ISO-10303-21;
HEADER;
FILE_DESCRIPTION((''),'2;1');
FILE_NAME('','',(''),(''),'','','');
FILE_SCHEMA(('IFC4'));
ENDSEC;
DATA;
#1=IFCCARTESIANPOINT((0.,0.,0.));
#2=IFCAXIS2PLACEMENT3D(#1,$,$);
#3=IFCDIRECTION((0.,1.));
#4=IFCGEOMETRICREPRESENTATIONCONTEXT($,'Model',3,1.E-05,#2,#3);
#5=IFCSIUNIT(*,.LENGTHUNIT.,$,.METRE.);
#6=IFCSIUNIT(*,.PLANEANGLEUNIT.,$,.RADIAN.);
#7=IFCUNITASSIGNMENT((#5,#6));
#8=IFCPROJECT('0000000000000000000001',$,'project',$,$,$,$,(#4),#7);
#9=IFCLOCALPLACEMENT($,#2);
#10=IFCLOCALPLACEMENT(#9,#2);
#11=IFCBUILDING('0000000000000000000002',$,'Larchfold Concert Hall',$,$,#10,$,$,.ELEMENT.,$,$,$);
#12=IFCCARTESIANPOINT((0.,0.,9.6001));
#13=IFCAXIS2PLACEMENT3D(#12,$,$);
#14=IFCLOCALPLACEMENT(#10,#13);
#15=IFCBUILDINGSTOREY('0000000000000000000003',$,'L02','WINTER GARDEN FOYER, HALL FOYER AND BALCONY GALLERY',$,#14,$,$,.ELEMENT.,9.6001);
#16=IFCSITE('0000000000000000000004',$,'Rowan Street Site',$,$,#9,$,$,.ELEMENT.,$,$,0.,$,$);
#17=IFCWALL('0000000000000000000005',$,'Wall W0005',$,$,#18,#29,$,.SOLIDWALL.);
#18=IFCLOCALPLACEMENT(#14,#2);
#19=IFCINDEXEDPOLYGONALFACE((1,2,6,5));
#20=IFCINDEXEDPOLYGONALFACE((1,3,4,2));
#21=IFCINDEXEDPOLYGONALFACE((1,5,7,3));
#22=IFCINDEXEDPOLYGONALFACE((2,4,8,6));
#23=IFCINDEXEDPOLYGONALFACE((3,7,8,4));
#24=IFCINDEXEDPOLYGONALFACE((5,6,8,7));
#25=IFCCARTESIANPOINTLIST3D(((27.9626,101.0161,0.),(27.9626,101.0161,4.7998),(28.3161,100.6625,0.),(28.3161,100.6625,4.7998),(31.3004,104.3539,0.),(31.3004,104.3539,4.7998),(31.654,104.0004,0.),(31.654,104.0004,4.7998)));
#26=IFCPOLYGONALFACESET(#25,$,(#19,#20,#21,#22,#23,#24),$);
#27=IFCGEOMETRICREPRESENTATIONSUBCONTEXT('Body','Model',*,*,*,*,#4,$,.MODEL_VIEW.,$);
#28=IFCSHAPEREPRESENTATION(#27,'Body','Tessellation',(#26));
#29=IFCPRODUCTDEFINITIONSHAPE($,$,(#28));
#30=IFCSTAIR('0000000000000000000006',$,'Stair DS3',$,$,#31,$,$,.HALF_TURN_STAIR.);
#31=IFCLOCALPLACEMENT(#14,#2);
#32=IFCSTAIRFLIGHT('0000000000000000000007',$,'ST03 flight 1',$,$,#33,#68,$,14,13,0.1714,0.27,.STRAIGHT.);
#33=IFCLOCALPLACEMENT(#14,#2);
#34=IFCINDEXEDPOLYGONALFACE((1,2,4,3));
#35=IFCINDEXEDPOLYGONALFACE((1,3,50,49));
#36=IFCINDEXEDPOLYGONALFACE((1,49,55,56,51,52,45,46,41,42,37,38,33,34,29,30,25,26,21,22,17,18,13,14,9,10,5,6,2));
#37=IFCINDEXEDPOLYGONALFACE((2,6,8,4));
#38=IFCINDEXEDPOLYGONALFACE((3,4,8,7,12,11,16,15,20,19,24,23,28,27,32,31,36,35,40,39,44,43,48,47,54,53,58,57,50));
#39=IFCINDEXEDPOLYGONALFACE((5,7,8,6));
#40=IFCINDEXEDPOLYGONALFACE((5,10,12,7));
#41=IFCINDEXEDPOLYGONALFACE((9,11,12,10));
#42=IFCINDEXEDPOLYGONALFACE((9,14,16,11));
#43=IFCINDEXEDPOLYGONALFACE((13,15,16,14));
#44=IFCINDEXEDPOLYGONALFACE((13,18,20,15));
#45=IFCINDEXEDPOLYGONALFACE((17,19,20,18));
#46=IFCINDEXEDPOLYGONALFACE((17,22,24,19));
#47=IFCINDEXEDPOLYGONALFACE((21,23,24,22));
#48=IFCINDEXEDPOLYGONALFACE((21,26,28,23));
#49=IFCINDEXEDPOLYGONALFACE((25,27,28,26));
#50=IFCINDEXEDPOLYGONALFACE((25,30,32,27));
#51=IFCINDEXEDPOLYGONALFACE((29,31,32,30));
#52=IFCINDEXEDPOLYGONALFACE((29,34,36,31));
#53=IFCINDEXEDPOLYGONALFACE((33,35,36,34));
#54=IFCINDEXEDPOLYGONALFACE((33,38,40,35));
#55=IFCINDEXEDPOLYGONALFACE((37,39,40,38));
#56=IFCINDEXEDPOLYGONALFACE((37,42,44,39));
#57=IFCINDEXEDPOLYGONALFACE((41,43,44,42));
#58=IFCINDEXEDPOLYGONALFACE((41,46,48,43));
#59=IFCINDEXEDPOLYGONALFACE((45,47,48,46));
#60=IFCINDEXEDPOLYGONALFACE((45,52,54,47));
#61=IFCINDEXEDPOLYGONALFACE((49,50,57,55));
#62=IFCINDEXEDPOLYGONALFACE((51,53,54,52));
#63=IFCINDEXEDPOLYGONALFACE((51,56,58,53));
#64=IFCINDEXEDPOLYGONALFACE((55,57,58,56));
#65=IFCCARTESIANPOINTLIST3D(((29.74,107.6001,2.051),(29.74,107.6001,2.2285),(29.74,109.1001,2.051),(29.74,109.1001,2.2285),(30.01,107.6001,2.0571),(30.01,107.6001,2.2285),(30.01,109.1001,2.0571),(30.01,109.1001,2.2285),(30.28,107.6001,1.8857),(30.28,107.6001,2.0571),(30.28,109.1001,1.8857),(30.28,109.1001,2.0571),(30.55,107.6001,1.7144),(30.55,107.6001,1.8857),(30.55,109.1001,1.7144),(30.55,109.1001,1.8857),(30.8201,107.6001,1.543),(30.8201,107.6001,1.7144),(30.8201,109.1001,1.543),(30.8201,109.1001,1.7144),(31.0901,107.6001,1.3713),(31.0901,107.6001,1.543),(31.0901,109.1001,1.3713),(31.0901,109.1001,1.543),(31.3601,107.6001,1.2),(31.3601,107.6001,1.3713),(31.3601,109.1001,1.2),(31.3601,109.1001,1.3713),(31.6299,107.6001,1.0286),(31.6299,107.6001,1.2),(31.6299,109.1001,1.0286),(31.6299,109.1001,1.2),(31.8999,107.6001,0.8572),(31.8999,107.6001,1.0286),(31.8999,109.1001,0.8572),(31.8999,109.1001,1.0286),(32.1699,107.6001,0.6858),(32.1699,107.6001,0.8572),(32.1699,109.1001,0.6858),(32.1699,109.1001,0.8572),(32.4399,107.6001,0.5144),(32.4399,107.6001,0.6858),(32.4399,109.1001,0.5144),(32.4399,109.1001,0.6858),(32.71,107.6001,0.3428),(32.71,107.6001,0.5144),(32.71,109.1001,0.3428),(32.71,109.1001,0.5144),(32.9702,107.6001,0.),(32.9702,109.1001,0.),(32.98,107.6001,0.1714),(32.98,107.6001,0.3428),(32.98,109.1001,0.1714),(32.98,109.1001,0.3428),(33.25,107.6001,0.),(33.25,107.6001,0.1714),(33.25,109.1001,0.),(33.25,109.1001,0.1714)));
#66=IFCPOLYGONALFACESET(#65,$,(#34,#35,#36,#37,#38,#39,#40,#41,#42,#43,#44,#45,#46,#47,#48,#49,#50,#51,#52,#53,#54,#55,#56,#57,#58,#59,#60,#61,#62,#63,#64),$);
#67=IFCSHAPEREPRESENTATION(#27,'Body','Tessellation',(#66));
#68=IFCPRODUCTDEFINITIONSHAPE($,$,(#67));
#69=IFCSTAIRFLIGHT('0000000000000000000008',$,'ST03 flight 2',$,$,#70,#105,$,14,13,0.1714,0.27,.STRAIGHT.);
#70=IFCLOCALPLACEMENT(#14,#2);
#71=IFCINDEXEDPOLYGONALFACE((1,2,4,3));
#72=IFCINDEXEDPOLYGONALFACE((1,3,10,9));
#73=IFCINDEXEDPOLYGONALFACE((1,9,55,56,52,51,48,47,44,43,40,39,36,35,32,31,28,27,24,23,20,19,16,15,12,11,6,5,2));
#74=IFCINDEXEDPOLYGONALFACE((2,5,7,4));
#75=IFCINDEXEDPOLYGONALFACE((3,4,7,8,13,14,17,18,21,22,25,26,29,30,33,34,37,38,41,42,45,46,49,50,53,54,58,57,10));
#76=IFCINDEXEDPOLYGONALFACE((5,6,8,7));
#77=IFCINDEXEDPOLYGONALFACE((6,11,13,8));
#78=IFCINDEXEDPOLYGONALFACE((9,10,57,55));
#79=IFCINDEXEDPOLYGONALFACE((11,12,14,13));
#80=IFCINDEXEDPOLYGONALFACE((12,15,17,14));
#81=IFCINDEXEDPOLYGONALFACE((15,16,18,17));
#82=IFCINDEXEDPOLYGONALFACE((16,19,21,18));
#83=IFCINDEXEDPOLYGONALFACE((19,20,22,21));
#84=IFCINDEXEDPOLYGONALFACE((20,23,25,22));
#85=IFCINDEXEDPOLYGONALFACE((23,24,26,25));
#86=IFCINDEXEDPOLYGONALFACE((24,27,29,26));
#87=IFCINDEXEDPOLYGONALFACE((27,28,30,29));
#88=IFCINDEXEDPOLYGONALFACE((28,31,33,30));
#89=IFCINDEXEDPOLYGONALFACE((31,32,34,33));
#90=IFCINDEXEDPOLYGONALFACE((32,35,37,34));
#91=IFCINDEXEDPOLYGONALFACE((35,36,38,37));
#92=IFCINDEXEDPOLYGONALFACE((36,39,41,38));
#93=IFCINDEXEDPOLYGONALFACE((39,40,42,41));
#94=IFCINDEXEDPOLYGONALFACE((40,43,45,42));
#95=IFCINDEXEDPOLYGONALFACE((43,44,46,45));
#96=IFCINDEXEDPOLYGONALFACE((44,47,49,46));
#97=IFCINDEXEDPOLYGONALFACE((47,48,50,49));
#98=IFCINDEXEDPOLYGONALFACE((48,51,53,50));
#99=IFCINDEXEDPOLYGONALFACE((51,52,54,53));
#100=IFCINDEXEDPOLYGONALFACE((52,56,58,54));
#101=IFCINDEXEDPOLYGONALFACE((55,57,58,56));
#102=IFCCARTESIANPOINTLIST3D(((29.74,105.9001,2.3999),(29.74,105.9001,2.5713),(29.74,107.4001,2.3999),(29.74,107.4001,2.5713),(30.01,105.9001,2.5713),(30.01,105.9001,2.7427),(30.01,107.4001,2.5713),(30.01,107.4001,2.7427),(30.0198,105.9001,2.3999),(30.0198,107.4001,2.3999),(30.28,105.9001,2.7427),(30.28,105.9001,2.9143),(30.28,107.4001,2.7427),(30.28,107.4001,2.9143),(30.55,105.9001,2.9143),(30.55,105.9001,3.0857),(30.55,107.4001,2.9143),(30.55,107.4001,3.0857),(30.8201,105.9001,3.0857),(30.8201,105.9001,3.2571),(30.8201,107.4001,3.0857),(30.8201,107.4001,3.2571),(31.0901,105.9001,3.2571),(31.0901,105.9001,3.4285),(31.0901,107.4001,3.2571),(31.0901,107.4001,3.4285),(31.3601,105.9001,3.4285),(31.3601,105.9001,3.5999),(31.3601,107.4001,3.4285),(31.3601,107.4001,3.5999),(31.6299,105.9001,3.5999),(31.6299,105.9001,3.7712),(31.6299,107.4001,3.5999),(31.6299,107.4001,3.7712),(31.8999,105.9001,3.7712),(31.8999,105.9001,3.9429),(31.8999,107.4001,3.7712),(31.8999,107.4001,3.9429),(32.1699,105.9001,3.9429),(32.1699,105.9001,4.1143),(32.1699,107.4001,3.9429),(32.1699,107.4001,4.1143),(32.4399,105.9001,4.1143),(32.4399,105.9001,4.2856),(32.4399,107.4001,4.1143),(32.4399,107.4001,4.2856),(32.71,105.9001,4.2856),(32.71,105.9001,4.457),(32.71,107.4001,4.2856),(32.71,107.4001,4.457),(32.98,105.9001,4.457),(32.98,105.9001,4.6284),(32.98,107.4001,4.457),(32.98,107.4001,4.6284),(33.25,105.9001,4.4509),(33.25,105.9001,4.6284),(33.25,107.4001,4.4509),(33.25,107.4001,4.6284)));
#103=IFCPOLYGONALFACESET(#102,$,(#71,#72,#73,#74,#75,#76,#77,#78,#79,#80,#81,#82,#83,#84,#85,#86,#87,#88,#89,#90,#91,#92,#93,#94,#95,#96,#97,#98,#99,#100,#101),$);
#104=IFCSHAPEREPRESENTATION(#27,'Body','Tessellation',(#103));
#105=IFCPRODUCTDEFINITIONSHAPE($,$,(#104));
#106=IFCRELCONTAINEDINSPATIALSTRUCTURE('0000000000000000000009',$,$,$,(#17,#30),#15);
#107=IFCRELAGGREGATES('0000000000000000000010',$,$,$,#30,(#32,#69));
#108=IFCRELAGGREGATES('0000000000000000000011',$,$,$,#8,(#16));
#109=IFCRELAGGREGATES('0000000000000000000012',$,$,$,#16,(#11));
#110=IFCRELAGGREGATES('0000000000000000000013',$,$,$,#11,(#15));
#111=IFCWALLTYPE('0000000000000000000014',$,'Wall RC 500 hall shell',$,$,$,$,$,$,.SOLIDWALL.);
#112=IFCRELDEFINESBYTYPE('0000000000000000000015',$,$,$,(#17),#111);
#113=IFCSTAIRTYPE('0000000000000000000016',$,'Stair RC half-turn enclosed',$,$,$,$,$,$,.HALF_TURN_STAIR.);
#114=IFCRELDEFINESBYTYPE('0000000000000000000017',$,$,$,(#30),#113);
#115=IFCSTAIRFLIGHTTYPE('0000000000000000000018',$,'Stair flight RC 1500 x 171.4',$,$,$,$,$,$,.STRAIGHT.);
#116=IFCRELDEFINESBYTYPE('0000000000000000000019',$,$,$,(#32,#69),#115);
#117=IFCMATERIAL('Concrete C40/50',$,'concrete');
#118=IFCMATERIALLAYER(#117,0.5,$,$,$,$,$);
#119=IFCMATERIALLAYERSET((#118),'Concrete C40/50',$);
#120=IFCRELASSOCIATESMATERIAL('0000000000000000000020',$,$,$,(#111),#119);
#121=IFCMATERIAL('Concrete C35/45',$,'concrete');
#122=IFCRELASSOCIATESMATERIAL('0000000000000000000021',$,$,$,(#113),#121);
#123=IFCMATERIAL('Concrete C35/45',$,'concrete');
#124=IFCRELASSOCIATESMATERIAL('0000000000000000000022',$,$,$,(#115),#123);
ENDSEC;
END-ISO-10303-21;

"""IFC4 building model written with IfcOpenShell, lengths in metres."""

from ifc_helpers import new_model, si_unit, direction, frame, frame_2d, origin, place, context, subcontext, project, spatial, polyline, rectangle, outline, extrude, material, layer, layer_set, type_object, element, aggregate, save


model = new_model("IFC4")

# Units and contexts
model_context = context("Model", 3, precision=1e-05, world=origin(), true_north=direction((0.0, 1.0)))
body_context = subcontext(model_context, "Body", "Model", "MODEL_VIEW")
ifc_project = project(units=[si_unit("LENGTHUNIT", "METRE"), si_unit("PLANEANGLEUNIT", "RADIAN")], contexts=[model_context])

# Site, building, storey
site_placement = place(None, origin())
site = spatial("IfcSite", under=ifc_project, at=site_placement, Name="Rowan Street Site", CompositionType="ELEMENT", RefElevation=0.0)
building_placement = place(site_placement, origin())
building = spatial("IfcBuilding", under=site, at=building_placement, Name="Larchfold Concert Hall", CompositionType="ELEMENT")
storey_placement = place(building_placement, frame((0.0, 0.0, 9.6001)))
storey = spatial("IfcBuildingStorey", under=building, at=storey_placement, Name="L02", Description="WINTER GARDEN FOYER, HALL FOYER AND BALCONY GALLERY", CompositionType="ELEMENT", Elevation=9.6001)

# Wall
ifc_material_1 = material(Name="Concrete C40/50", Category="concrete")
ifc_layer_1 = layer(ifc_material_1, 0.5)
ifc_layer_set_1 = layer_set([ifc_layer_1], Name="Concrete C40/50")
wall_type_1 = type_object("IfcWallType", Name="Wall RC 500 hall shell", PredefinedType="SOLIDWALL", material=ifc_layer_set_1)
wall_1_placement = place(storey_placement, frame((31.4773, 104.1772, 0.0), z_axis=(0.0, 0.0, 1.0), x_axis=(-0.707107, -0.707107, 0.0)))
element("IfcWall", 1, at=wall_1_placement, inside=storey, type_object=wall_type_1, Name="Wall W0005", PredefinedType="SOLIDWALL", context=body_context, shape_type="SweptSolid", body=[
    extrude(rectangle(XDim=4.7205, YDim=0.5, at=frame_2d((2.3604, 0.0))), origin(), (0.0, 0.0, 1.0), 4.7998),
])

# Stair, stair flights
ifc_material_2 = material(Name="Concrete C35/45", Category="concrete")
stair_type = type_object("IfcStairType", Name="Stair RC half-turn enclosed", PredefinedType="HALF_TURN_STAIR", material=ifc_material_2)
stair_placement = place(storey_placement, origin())
stair = element("IfcStair", 2, at=stair_placement, inside=storey, type_object=stair_type, Name="Stair DS3", PredefinedType="HALF_TURN_STAIR")
ifc_material_3 = material(Name="Concrete C35/45", Category="concrete")
stair_flight_type = type_object("IfcStairFlightType", Name="Stair flight RC 1500 x 171.4", PredefinedType="STRAIGHT", material=ifc_material_3)
stair_flight_1_placement = place(storey_placement, frame((33.25, 108.3501, 0.0), z_axis=(0.0, 0.0, 1.0), x_axis=(-1.0, 0.0, 0.0)))
stair_flight_1 = element("IfcStairFlight", 3, at=stair_flight_1_placement, type_object=stair_flight_type, Name="ST03 flight 1", NumberOfRisers=14, NumberOfTreads=13, PredefinedType="STRAIGHT", RiserHeight=0.1714, TreadLength=0.27, context=body_context, shape_type="SweptSolid", body=[
    extrude(outline(polyline([(0.0, 0.0), (0.0, 0.1714), (0.27, 0.1714), (0.27, 0.3428), (0.54, 0.3428), (0.54, 0.5144), (0.8101, 0.5144), (0.8101, 0.6858), (1.0801, 0.6858), (1.0801, 0.8572), (1.3501, 0.8572), (1.3501, 1.0286), (1.6201, 1.0286), (1.6201, 1.2), (1.8899, 1.2), (1.8899, 1.3713), (2.1599, 1.3713), (2.1599, 1.543), (2.4299, 1.543), (2.4299, 1.7144), (2.7, 1.7144), (2.7, 1.8857), (2.97, 1.8857), (2.97, 2.0571), (3.24, 2.0571), (3.24, 2.2285), (3.51, 2.2285), (3.51, 2.3999), (3.51, 2.051), (0.2798, 0.0), (0.0, 0.0)])), frame((0.0, 0.75, 0.0), z_axis=(0.0, -1.0, 0.0), x_axis=(1.0, 0.0, 0.0)), (0.0, 0.0, 1.0), 1.5),
])
stair_flight_2_placement = place(storey_placement, frame((29.74, 106.6501, 2.3999), z_axis=(0.0, 0.0, 1.0), x_axis=(1.0, 0.0, 0.0)))
stair_flight_2 = element("IfcStairFlight", 4, at=stair_flight_2_placement, type_object=stair_flight_type, Name="ST03 flight 2", NumberOfRisers=14, NumberOfTreads=13, PredefinedType="STRAIGHT", RiserHeight=0.1714, TreadLength=0.27, context=body_context, shape_type="SweptSolid", body=[
    extrude(outline(polyline([(0.0, 0.0), (0.0, 0.1714), (0.27, 0.1714), (0.27, 0.3428), (0.54, 0.3428), (0.54, 0.5144), (0.8101, 0.5144), (0.8101, 0.6858), (1.0801, 0.6858), (1.0801, 0.8572), (1.3501, 0.8572), (1.3501, 1.0286), (1.6201, 1.0286), (1.6201, 1.2), (1.8899, 1.2), (1.8899, 1.3713), (2.1599, 1.3713), (2.1599, 1.543), (2.4299, 1.543), (2.4299, 1.7144), (2.7, 1.7144), (2.7, 1.8857), (2.97, 1.8857), (2.97, 2.0571), (3.24, 2.0571), (3.24, 2.2285), (3.51, 2.2285), (3.51, 2.3999), (3.51, 2.051), (0.2798, 0.0), (0.0, 0.0)])), frame((0.0, 0.75, 0.0), z_axis=(0.0, -1.0, 0.0), x_axis=(1.0, 0.0, 0.0)), (0.0, 0.0, 1.0), 1.5),
])
aggregate(stair, [stair_flight_1, stair_flight_2])

save(model, "model.ifc")
